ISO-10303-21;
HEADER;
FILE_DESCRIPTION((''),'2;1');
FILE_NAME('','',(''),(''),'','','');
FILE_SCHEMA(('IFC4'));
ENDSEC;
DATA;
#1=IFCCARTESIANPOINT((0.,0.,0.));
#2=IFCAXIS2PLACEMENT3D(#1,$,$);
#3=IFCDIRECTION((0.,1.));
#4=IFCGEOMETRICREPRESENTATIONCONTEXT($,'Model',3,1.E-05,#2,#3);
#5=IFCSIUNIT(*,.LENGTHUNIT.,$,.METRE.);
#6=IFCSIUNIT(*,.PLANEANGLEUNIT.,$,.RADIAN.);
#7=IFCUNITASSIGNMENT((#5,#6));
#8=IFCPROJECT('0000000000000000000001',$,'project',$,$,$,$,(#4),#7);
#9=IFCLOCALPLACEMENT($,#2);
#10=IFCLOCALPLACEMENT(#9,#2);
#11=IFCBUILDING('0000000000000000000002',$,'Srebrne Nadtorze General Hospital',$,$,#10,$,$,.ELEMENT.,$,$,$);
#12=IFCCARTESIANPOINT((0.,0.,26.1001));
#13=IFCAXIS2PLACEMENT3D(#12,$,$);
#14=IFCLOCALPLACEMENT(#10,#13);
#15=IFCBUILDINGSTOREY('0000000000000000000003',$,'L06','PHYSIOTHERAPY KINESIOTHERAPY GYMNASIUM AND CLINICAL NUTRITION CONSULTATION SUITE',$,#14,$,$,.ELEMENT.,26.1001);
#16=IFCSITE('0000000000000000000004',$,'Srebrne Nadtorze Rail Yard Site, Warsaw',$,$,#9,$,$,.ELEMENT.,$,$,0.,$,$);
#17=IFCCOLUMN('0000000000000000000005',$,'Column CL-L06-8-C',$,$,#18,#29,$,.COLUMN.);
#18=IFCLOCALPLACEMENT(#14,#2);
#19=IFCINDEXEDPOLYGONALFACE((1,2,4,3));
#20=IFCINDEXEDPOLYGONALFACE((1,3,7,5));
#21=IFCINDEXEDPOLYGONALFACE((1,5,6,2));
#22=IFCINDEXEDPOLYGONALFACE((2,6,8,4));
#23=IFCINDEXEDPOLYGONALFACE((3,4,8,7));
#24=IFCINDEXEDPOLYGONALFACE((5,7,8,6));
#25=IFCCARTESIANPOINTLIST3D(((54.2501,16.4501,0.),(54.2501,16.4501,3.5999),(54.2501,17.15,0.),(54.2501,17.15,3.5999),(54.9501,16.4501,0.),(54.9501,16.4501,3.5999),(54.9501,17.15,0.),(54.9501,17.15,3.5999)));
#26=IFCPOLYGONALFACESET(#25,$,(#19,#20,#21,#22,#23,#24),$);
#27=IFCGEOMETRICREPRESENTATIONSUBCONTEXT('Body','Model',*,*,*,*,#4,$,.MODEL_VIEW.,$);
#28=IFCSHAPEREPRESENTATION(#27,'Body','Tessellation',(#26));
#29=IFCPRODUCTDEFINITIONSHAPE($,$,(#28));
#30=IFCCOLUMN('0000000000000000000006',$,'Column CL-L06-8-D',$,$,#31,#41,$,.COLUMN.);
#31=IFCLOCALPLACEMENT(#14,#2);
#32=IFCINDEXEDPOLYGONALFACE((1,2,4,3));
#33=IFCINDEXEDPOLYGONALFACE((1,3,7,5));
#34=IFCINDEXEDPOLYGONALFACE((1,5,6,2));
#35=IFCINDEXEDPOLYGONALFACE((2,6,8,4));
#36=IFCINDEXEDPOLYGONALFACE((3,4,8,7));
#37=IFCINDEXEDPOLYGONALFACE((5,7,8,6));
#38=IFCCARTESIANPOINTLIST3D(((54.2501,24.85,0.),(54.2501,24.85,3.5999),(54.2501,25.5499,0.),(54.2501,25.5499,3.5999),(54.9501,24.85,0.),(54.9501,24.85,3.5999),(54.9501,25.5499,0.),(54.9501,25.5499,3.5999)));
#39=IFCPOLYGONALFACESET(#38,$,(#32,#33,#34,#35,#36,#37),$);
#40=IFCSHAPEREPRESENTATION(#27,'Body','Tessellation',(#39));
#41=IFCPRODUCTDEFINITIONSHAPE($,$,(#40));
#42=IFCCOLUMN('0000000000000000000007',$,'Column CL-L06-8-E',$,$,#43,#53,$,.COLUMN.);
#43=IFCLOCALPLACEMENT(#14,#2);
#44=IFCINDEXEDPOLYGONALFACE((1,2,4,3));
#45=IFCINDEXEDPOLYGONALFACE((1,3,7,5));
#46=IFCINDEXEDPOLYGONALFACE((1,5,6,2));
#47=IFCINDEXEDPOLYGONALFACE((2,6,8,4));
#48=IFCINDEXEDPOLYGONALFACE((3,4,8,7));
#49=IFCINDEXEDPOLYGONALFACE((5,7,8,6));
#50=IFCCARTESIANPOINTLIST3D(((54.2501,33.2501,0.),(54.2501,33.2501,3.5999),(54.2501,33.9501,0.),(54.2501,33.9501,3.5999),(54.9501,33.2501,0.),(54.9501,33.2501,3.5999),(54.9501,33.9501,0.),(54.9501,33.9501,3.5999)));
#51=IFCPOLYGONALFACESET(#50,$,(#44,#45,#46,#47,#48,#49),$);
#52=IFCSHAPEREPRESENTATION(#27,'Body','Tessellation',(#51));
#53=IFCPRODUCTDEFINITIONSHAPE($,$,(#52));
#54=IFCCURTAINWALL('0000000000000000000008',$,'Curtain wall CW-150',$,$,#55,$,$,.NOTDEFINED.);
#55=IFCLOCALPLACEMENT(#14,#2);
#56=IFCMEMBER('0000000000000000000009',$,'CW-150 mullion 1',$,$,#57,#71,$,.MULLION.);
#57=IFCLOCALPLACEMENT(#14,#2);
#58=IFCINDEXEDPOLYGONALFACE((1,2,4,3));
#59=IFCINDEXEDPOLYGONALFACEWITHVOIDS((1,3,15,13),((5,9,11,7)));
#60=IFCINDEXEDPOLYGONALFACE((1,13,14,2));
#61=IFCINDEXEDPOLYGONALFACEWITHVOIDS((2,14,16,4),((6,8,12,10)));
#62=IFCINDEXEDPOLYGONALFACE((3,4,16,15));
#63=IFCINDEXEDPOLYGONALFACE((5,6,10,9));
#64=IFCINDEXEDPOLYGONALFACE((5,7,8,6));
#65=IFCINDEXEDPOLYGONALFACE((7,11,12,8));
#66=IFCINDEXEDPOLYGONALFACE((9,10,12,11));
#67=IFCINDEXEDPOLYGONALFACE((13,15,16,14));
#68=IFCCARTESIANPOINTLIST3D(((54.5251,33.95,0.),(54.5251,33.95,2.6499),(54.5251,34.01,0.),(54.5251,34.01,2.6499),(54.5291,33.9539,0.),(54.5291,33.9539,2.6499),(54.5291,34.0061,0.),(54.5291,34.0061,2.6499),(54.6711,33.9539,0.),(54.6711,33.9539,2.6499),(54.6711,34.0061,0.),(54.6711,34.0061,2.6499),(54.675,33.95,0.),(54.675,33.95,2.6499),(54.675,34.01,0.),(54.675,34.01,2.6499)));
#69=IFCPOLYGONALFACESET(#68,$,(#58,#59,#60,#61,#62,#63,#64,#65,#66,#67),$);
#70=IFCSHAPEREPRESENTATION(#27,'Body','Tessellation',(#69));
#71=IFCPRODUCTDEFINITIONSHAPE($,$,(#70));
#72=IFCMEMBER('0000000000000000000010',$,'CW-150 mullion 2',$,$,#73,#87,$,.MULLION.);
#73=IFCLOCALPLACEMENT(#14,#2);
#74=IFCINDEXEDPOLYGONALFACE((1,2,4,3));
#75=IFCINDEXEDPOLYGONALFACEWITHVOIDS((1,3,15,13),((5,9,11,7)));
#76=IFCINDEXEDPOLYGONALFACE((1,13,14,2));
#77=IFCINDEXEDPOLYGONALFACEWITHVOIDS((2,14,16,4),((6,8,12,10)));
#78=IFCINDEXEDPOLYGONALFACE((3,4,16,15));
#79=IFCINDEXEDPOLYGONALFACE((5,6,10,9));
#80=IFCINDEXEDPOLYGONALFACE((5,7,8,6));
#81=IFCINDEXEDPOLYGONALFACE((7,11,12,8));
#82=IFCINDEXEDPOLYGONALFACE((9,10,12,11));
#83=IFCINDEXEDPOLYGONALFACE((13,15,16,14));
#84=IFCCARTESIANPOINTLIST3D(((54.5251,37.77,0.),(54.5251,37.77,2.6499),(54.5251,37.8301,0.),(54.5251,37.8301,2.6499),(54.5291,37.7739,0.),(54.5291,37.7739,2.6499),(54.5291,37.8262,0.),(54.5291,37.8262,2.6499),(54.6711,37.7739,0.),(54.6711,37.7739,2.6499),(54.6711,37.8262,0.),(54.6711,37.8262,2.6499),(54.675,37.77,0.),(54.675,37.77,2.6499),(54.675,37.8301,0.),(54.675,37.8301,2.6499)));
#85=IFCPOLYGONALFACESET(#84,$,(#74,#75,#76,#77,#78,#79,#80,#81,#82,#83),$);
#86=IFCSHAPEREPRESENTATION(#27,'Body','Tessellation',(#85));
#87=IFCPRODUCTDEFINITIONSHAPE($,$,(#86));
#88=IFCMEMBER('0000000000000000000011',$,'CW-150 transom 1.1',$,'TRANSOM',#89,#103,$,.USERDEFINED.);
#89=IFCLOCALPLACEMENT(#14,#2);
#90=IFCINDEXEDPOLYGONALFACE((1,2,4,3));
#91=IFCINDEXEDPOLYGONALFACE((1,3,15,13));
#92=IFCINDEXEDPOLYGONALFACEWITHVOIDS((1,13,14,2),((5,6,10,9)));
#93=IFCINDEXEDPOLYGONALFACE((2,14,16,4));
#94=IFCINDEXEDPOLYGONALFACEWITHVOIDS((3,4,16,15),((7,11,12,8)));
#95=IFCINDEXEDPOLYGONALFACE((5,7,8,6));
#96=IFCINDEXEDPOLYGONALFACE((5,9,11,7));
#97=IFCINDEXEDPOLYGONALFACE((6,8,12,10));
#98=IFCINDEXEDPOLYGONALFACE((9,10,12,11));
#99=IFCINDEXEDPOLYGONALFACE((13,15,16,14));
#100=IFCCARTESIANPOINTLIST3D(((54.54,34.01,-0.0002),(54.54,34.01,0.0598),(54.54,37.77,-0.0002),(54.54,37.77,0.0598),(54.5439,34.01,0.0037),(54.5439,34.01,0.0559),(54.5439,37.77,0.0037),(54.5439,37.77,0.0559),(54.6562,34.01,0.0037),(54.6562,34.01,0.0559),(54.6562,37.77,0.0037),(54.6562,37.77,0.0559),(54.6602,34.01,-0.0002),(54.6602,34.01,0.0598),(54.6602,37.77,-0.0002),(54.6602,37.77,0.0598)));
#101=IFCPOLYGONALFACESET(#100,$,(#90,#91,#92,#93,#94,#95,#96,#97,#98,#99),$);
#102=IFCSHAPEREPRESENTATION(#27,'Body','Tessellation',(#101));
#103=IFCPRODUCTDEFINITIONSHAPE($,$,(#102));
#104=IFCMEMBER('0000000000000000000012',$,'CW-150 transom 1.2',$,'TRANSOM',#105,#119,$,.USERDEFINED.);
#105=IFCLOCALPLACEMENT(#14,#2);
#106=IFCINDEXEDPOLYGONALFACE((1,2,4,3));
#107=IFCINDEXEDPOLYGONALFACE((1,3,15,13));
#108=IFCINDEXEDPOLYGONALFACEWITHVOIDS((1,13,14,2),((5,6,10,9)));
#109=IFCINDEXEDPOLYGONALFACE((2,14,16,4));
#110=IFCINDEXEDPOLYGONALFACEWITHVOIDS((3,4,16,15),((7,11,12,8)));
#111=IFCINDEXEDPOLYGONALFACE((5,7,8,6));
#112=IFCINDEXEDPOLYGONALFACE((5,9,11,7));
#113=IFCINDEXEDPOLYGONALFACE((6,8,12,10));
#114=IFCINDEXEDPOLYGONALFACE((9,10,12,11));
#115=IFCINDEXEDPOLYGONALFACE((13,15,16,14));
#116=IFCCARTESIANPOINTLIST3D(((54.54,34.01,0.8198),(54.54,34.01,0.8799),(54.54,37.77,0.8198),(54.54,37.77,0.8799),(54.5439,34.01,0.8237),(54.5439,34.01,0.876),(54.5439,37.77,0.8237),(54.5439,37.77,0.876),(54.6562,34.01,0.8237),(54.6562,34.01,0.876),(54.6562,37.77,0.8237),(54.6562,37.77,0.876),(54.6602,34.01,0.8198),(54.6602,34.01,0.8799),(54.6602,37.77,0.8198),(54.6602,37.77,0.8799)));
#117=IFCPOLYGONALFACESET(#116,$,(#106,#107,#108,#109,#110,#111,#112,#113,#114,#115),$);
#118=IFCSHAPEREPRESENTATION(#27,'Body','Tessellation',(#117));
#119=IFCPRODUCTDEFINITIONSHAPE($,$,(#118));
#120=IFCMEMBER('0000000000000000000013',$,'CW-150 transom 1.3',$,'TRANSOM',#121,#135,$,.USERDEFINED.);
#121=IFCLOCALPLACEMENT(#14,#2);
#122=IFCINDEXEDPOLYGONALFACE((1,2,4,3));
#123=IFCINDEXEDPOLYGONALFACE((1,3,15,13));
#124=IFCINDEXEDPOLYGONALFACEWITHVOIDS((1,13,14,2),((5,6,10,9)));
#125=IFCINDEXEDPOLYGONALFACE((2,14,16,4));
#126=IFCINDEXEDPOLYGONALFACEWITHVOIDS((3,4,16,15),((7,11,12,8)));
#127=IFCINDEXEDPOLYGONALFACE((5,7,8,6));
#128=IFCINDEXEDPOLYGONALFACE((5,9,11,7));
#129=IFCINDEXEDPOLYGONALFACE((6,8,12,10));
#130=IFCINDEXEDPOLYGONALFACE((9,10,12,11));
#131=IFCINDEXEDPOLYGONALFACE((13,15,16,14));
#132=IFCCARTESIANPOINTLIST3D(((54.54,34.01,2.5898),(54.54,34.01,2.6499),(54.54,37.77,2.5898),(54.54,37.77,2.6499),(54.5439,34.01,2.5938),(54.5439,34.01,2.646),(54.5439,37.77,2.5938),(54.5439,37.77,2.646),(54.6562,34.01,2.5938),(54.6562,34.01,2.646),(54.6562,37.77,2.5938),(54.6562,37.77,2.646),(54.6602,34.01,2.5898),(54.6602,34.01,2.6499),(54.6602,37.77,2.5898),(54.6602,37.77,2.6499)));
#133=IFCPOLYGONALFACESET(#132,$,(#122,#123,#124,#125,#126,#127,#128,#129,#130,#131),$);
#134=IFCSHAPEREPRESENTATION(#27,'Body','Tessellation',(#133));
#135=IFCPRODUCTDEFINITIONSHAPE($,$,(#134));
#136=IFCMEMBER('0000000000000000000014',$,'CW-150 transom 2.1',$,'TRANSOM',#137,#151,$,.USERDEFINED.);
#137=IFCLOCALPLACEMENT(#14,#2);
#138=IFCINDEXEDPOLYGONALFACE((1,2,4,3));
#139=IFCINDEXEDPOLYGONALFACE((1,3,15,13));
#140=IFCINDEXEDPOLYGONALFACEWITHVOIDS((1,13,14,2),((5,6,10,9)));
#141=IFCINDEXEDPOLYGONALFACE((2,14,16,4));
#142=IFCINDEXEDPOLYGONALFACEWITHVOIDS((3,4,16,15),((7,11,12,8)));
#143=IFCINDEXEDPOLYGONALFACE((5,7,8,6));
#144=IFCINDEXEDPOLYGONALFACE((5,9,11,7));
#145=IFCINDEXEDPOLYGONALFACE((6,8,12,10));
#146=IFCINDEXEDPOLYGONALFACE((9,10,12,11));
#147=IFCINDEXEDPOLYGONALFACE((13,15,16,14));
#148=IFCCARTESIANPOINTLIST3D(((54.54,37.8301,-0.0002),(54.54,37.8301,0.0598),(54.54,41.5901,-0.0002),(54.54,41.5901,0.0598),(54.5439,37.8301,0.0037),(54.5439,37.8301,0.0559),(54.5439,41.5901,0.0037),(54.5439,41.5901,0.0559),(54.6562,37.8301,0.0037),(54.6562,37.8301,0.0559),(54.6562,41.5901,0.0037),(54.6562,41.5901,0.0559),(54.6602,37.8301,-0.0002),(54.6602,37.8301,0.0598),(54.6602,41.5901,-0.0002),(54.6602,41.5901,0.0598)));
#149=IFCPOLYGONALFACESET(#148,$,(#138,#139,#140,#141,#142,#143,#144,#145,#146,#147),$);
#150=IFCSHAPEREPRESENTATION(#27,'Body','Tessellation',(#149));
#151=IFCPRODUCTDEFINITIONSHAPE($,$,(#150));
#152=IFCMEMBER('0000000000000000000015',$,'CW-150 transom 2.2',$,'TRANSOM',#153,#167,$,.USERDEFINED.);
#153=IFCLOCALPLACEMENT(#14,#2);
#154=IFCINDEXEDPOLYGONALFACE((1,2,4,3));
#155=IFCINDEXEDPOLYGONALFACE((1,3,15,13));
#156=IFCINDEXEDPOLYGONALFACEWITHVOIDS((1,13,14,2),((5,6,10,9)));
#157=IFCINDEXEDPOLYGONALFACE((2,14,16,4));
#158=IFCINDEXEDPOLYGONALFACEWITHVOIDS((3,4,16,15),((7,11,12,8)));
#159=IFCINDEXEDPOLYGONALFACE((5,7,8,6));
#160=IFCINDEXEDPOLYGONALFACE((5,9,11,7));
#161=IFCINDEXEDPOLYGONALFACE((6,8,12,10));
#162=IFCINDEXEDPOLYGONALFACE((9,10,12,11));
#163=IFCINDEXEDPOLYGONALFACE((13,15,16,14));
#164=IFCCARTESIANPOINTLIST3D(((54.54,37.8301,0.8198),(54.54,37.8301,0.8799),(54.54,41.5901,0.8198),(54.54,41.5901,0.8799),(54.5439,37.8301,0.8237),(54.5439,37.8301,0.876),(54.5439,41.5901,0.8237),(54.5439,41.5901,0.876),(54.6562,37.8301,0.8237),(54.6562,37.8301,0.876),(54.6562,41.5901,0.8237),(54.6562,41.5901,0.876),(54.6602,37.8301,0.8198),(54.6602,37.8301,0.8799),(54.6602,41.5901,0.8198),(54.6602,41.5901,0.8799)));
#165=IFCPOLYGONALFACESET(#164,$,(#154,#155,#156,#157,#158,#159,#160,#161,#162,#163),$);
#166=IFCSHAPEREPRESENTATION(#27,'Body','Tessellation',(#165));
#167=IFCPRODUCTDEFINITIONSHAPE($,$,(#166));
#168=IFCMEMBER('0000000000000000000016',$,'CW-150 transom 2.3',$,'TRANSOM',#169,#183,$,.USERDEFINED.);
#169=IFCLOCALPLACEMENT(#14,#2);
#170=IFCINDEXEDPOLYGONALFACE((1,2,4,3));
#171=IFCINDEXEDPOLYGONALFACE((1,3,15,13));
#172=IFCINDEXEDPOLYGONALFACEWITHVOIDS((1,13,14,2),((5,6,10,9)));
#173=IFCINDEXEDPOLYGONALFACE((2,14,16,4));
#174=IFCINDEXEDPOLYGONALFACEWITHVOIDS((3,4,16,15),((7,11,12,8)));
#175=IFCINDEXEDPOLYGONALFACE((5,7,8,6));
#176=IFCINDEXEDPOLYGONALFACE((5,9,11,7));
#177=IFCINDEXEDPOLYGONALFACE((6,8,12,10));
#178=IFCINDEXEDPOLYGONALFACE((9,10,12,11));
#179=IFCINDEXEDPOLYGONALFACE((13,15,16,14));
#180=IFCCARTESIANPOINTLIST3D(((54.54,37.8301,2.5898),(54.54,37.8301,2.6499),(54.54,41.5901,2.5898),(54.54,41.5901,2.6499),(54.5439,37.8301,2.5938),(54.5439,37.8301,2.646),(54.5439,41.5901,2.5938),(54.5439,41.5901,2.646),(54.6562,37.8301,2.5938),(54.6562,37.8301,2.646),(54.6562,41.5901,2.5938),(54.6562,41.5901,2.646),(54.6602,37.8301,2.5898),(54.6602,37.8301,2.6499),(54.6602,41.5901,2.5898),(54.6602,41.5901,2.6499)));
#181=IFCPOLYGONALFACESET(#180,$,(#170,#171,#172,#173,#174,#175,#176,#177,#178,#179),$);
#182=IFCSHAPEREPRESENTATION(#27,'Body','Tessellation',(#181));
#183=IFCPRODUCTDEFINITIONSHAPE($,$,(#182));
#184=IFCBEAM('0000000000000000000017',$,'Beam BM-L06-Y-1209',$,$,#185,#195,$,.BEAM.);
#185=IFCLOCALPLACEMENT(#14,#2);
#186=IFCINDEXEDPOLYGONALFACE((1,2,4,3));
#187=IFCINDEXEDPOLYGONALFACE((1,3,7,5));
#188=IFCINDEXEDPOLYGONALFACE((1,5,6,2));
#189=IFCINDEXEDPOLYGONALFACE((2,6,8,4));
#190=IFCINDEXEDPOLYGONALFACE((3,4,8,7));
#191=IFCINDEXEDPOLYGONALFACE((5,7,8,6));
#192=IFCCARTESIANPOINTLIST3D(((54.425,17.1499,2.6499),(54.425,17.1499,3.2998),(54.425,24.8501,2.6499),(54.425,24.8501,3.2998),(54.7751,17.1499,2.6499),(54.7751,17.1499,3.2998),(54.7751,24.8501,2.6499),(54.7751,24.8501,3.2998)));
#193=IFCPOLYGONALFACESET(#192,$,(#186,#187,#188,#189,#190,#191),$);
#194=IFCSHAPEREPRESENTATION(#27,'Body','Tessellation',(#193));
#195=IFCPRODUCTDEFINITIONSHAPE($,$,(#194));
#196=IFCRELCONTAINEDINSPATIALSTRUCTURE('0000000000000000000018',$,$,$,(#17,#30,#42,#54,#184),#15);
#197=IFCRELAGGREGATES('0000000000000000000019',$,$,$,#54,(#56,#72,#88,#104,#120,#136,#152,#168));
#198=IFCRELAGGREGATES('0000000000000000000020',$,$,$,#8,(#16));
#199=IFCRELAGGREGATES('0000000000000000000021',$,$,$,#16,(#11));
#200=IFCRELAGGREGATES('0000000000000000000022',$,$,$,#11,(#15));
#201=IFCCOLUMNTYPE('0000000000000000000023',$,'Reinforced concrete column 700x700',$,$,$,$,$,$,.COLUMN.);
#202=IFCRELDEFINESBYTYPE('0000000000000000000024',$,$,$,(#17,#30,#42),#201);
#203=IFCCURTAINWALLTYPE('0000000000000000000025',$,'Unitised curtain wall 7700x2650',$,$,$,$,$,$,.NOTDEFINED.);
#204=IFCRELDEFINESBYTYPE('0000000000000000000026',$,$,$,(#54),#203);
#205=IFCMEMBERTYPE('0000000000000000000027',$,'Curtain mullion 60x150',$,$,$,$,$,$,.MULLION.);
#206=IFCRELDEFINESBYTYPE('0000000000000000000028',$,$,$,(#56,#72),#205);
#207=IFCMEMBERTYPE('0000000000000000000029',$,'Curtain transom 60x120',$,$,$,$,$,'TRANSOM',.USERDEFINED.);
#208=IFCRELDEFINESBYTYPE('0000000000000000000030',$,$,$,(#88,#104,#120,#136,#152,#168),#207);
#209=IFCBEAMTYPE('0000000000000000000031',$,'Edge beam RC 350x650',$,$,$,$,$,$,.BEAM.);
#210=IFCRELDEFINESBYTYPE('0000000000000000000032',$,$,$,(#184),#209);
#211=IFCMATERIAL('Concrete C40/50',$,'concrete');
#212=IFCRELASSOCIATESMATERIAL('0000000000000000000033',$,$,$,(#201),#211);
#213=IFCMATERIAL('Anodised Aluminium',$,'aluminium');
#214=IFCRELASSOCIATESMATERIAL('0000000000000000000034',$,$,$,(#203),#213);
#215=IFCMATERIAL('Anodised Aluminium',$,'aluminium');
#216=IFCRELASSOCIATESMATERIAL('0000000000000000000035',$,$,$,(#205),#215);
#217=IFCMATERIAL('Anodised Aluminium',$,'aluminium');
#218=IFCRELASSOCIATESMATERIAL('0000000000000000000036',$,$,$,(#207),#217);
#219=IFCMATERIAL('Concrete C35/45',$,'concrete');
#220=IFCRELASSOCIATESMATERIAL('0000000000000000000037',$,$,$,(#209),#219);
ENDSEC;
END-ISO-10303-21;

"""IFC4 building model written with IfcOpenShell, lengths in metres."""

from ifc_helpers import new_model, si_unit, direction, frame, origin, origin_2d, place, context, subcontext, project, spatial, rectangle, hollow_rectangle, extrude, material, material_profile, profile_set, type_object, element, aggregate, save


model = new_model("IFC4")

# Units and contexts
model_context = context("Model", 3, precision=1e-05, world=origin(), true_north=direction((0.0, 1.0)))
body_context = subcontext(model_context, "Body", "Model", "MODEL_VIEW")
ifc_project = project(units=[si_unit("LENGTHUNIT", "METRE"), si_unit("PLANEANGLEUNIT", "RADIAN")], contexts=[model_context])

# Site, building, storey
site_placement = place(None, origin())
site = spatial("IfcSite", under=ifc_project, at=site_placement, Name="Srebrne Nadtorze Rail Yard Site, Warsaw", CompositionType="ELEMENT", RefElevation=0.0)
building_placement = place(site_placement, origin())
building = spatial("IfcBuilding", under=site, at=building_placement, Name="Srebrne Nadtorze General Hospital", CompositionType="ELEMENT")
storey_placement = place(building_placement, frame((0.0, 0.0, 26.1001)))
storey = spatial("IfcBuildingStorey", under=building, at=storey_placement, Name="L06", Description="PHYSIOTHERAPY KINESIOTHERAPY GYMNASIUM AND CLINICAL NUTRITION CONSULTATION SUITE", CompositionType="ELEMENT", Elevation=26.1001)

# Columns
ifc_material_1 = material(Name="Concrete C40/50", Category="concrete")
ifc_material_profile_1 = material_profile(ifc_material_1, rectangle(XDim=0.7, YDim=0.7, at=origin_2d()), Name="RC-COL-700x700")
ifc_profile_set_1 = profile_set([ifc_material_profile_1], Name="Concrete C40/50")
column_type = type_object("IfcColumnType", Name="Reinforced concrete column 700x700", PredefinedType="COLUMN", material=ifc_profile_set_1)
for number, where, z_axis, x_axis, name in (
    (1, (54.6001, 16.8, 0.0), (0.0, 0.0, 1.0), (1.0, 0.0, 0.0), "Column CL-L06-8-C"),
    (2, (54.6001, 25.2, 0.0), (0.0, 0.0, 1.0), (1.0, 0.0, 0.0), "Column CL-L06-8-D"),
    (3, (54.6001, 33.6001, 0.0), (0.0, 0.0, 1.0), (1.0, 0.0, 0.0), "Column CL-L06-8-E"),
):
    element("IfcColumn", number, at=place(storey_placement, frame(where, z_axis=z_axis, x_axis=x_axis)), inside=storey, type_object=column_type, Name=name, PredefinedType="COLUMN", context=body_context, shape_type="SweptSolid", body=[
        extrude(rectangle(XDim=0.7, YDim=0.7, at=origin_2d()), origin(), (0.0, 0.0, 1.0), 3.5999),
    ])

# Curtain wall, members
ifc_material_2 = material(Name="Anodised Aluminium", Category="aluminium")
curtain_wall_type = type_object("IfcCurtainWallType", Name="Unitised curtain wall 7700x2650", PredefinedType="NOTDEFINED", material=ifc_material_2)
curtain_wall_placement = place(storey_placement, origin())
curtain_wall = element("IfcCurtainWall", 4, at=curtain_wall_placement, inside=storey, type_object=curtain_wall_type, Name="Curtain wall CW-150", PredefinedType="NOTDEFINED")
ifc_material_3 = material(Name="Anodised Aluminium", Category="aluminium")
ifc_material_profile_2 = material_profile(ifc_material_3, hollow_rectangle(XDim=0.0601, YDim=0.1499, WallThickness=0.0039, at=origin_2d()), Name="AL-MUL-60x150")
ifc_profile_set_2 = profile_set([ifc_material_profile_2], Name="Anodised Aluminium")
member_type_1 = type_object("IfcMemberType", Name="Curtain mullion 60x150", PredefinedType="MULLION", material=ifc_profile_set_2)
member_1_placement = place(storey_placement, frame((54.6001, 33.98, 0.0), z_axis=(0.0, 0.0, 1.0), x_axis=(0.0, 1.0, 0.0)))
member_1 = element("IfcMember", 5, at=member_1_placement, type_object=member_type_1, Name="CW-150 mullion 1", PredefinedType="MULLION", context=body_context, shape_type="SweptSolid", body=[
    extrude(hollow_rectangle(XDim=0.0601, YDim=0.1499, WallThickness=0.0039, at=origin_2d()), origin(), (0.0, 0.0, 1.0), 2.6499),
])
member_2_placement = place(storey_placement, frame((54.6001, 37.8, 0.0), z_axis=(0.0, 0.0, 1.0), x_axis=(0.0, 1.0, 0.0)))
member_2 = element("IfcMember", 6, at=member_2_placement, type_object=member_type_1, Name="CW-150 mullion 2", PredefinedType="MULLION", context=body_context, shape_type="SweptSolid", body=[
    extrude(hollow_rectangle(XDim=0.0601, YDim=0.1499, WallThickness=0.0039, at=origin_2d()), origin(), (0.0, 0.0, 1.0), 2.6499),
])
ifc_material_4 = material(Name="Anodised Aluminium", Category="aluminium")
ifc_material_profile_3 = material_profile(ifc_material_4, hollow_rectangle(XDim=0.0601, YDim=0.1201, WallThickness=0.0039, at=origin_2d()), Name="AL-TRN-60x120")
ifc_profile_set_3 = profile_set([ifc_material_profile_3], Name="Anodised Aluminium")
member_type_2 = type_object("IfcMemberType", Name="Curtain transom 60x120", ElementType="TRANSOM", PredefinedType="USERDEFINED", material=ifc_profile_set_3)
member_3_placement = place(storey_placement, frame((54.6001, 34.01, 0.0298), z_axis=(0.0, 1.0, 0.0), x_axis=(0.0, 0.0, 1.0)))
member_3 = element("IfcMember", 7, at=member_3_placement, type_object=member_type_2, Name="CW-150 transom 1.1", ObjectType="TRANSOM", PredefinedType="USERDEFINED", context=body_context, shape_type="SweptSolid", body=[
    extrude(hollow_rectangle(XDim=0.0601, YDim=0.1201, WallThickness=0.0039, at=origin_2d()), origin(), (0.0, 0.0, 1.0), 3.76),
])
member_4_placement = place(storey_placement, frame((54.6001, 34.01, 0.8499), z_axis=(0.0, 1.0, 0.0), x_axis=(0.0, 0.0, 1.0)))
member_4 = element("IfcMember", 8, at=member_4_placement, type_object=member_type_2, Name="CW-150 transom 1.2", ObjectType="TRANSOM", PredefinedType="USERDEFINED", context=body_context, shape_type="SweptSolid", body=[
    extrude(hollow_rectangle(XDim=0.0601, YDim=0.1201, WallThickness=0.0039, at=origin_2d()), origin(), (0.0, 0.0, 1.0), 3.76),
])
member_5_placement = place(storey_placement, frame((54.6001, 34.01, 2.6199), z_axis=(0.0, 1.0, 0.0), x_axis=(0.0, 0.0, 1.0)))
member_5 = element("IfcMember", 9, at=member_5_placement, type_object=member_type_2, Name="CW-150 transom 1.3", ObjectType="TRANSOM", PredefinedType="USERDEFINED", context=body_context, shape_type="SweptSolid", body=[
    extrude(hollow_rectangle(XDim=0.0601, YDim=0.1201, WallThickness=0.0039, at=origin_2d()), origin(), (0.0, 0.0, 1.0), 3.76),
])
member_6_placement = place(storey_placement, frame((54.6001, 37.8301, 0.0298), z_axis=(0.0, 1.0, 0.0), x_axis=(0.0, 0.0, 1.0)))
member_6 = element("IfcMember", 10, at=member_6_placement, type_object=member_type_2, Name="CW-150 transom 2.1", ObjectType="TRANSOM", PredefinedType="USERDEFINED", context=body_context, shape_type="SweptSolid", body=[
    extrude(hollow_rectangle(XDim=0.0601, YDim=0.1201, WallThickness=0.0039, at=origin_2d()), origin(), (0.0, 0.0, 1.0), 3.76),
])
member_7_placement = place(storey_placement, frame((54.6001, 37.8301, 0.8499), z_axis=(0.0, 1.0, 0.0), x_axis=(0.0, 0.0, 1.0)))
member_7 = element("IfcMember", 11, at=member_7_placement, type_object=member_type_2, Name="CW-150 transom 2.2", ObjectType="TRANSOM", PredefinedType="USERDEFINED", context=body_context, shape_type="SweptSolid", body=[
    extrude(hollow_rectangle(XDim=0.0601, YDim=0.1201, WallThickness=0.0039, at=origin_2d()), origin(), (0.0, 0.0, 1.0), 3.76),
])
member_8_placement = place(storey_placement, frame((54.6001, 37.8301, 2.6199), z_axis=(0.0, 1.0, 0.0), x_axis=(0.0, 0.0, 1.0)))
member_8 = element("IfcMember", 12, at=member_8_placement, type_object=member_type_2, Name="CW-150 transom 2.3", ObjectType="TRANSOM", PredefinedType="USERDEFINED", context=body_context, shape_type="SweptSolid", body=[
    extrude(hollow_rectangle(XDim=0.0601, YDim=0.1201, WallThickness=0.0039, at=origin_2d()), origin(), (0.0, 0.0, 1.0), 3.76),
])

# Beam
ifc_material_5 = material(Name="Concrete C35/45", Category="concrete")
ifc_material_profile_4 = material_profile(ifc_material_5, rectangle(XDim=0.3501, YDim=0.6499, at=origin_2d()), Name="RC-BM-350x650")
ifc_profile_set_4 = profile_set([ifc_material_profile_4], Name="Concrete C35/45")
beam_type_1 = type_object("IfcBeamType", Name="Edge beam RC 350x650", PredefinedType="BEAM", material=ifc_profile_set_4)
beam_1_placement = place(storey_placement, frame((54.6001, 17.1499, 2.9749), z_axis=(0.0, 1.0, 0.0), x_axis=(-1.0, 0.0, 0.0)))
element("IfcBeam", 13, at=beam_1_placement, inside=storey, type_object=beam_type_1, Name="Beam BM-L06-Y-1209", PredefinedType="BEAM", context=body_context, shape_type="SweptSolid", body=[
    extrude(rectangle(XDim=0.3501, YDim=0.6499, at=origin_2d()), origin(), (0.0, 0.0, 1.0), 7.7002),
])

aggregate(curtain_wall, [member_1, member_2, member_3, member_4, member_5, member_6, member_7, member_8])

save(model, "model.ifc")
